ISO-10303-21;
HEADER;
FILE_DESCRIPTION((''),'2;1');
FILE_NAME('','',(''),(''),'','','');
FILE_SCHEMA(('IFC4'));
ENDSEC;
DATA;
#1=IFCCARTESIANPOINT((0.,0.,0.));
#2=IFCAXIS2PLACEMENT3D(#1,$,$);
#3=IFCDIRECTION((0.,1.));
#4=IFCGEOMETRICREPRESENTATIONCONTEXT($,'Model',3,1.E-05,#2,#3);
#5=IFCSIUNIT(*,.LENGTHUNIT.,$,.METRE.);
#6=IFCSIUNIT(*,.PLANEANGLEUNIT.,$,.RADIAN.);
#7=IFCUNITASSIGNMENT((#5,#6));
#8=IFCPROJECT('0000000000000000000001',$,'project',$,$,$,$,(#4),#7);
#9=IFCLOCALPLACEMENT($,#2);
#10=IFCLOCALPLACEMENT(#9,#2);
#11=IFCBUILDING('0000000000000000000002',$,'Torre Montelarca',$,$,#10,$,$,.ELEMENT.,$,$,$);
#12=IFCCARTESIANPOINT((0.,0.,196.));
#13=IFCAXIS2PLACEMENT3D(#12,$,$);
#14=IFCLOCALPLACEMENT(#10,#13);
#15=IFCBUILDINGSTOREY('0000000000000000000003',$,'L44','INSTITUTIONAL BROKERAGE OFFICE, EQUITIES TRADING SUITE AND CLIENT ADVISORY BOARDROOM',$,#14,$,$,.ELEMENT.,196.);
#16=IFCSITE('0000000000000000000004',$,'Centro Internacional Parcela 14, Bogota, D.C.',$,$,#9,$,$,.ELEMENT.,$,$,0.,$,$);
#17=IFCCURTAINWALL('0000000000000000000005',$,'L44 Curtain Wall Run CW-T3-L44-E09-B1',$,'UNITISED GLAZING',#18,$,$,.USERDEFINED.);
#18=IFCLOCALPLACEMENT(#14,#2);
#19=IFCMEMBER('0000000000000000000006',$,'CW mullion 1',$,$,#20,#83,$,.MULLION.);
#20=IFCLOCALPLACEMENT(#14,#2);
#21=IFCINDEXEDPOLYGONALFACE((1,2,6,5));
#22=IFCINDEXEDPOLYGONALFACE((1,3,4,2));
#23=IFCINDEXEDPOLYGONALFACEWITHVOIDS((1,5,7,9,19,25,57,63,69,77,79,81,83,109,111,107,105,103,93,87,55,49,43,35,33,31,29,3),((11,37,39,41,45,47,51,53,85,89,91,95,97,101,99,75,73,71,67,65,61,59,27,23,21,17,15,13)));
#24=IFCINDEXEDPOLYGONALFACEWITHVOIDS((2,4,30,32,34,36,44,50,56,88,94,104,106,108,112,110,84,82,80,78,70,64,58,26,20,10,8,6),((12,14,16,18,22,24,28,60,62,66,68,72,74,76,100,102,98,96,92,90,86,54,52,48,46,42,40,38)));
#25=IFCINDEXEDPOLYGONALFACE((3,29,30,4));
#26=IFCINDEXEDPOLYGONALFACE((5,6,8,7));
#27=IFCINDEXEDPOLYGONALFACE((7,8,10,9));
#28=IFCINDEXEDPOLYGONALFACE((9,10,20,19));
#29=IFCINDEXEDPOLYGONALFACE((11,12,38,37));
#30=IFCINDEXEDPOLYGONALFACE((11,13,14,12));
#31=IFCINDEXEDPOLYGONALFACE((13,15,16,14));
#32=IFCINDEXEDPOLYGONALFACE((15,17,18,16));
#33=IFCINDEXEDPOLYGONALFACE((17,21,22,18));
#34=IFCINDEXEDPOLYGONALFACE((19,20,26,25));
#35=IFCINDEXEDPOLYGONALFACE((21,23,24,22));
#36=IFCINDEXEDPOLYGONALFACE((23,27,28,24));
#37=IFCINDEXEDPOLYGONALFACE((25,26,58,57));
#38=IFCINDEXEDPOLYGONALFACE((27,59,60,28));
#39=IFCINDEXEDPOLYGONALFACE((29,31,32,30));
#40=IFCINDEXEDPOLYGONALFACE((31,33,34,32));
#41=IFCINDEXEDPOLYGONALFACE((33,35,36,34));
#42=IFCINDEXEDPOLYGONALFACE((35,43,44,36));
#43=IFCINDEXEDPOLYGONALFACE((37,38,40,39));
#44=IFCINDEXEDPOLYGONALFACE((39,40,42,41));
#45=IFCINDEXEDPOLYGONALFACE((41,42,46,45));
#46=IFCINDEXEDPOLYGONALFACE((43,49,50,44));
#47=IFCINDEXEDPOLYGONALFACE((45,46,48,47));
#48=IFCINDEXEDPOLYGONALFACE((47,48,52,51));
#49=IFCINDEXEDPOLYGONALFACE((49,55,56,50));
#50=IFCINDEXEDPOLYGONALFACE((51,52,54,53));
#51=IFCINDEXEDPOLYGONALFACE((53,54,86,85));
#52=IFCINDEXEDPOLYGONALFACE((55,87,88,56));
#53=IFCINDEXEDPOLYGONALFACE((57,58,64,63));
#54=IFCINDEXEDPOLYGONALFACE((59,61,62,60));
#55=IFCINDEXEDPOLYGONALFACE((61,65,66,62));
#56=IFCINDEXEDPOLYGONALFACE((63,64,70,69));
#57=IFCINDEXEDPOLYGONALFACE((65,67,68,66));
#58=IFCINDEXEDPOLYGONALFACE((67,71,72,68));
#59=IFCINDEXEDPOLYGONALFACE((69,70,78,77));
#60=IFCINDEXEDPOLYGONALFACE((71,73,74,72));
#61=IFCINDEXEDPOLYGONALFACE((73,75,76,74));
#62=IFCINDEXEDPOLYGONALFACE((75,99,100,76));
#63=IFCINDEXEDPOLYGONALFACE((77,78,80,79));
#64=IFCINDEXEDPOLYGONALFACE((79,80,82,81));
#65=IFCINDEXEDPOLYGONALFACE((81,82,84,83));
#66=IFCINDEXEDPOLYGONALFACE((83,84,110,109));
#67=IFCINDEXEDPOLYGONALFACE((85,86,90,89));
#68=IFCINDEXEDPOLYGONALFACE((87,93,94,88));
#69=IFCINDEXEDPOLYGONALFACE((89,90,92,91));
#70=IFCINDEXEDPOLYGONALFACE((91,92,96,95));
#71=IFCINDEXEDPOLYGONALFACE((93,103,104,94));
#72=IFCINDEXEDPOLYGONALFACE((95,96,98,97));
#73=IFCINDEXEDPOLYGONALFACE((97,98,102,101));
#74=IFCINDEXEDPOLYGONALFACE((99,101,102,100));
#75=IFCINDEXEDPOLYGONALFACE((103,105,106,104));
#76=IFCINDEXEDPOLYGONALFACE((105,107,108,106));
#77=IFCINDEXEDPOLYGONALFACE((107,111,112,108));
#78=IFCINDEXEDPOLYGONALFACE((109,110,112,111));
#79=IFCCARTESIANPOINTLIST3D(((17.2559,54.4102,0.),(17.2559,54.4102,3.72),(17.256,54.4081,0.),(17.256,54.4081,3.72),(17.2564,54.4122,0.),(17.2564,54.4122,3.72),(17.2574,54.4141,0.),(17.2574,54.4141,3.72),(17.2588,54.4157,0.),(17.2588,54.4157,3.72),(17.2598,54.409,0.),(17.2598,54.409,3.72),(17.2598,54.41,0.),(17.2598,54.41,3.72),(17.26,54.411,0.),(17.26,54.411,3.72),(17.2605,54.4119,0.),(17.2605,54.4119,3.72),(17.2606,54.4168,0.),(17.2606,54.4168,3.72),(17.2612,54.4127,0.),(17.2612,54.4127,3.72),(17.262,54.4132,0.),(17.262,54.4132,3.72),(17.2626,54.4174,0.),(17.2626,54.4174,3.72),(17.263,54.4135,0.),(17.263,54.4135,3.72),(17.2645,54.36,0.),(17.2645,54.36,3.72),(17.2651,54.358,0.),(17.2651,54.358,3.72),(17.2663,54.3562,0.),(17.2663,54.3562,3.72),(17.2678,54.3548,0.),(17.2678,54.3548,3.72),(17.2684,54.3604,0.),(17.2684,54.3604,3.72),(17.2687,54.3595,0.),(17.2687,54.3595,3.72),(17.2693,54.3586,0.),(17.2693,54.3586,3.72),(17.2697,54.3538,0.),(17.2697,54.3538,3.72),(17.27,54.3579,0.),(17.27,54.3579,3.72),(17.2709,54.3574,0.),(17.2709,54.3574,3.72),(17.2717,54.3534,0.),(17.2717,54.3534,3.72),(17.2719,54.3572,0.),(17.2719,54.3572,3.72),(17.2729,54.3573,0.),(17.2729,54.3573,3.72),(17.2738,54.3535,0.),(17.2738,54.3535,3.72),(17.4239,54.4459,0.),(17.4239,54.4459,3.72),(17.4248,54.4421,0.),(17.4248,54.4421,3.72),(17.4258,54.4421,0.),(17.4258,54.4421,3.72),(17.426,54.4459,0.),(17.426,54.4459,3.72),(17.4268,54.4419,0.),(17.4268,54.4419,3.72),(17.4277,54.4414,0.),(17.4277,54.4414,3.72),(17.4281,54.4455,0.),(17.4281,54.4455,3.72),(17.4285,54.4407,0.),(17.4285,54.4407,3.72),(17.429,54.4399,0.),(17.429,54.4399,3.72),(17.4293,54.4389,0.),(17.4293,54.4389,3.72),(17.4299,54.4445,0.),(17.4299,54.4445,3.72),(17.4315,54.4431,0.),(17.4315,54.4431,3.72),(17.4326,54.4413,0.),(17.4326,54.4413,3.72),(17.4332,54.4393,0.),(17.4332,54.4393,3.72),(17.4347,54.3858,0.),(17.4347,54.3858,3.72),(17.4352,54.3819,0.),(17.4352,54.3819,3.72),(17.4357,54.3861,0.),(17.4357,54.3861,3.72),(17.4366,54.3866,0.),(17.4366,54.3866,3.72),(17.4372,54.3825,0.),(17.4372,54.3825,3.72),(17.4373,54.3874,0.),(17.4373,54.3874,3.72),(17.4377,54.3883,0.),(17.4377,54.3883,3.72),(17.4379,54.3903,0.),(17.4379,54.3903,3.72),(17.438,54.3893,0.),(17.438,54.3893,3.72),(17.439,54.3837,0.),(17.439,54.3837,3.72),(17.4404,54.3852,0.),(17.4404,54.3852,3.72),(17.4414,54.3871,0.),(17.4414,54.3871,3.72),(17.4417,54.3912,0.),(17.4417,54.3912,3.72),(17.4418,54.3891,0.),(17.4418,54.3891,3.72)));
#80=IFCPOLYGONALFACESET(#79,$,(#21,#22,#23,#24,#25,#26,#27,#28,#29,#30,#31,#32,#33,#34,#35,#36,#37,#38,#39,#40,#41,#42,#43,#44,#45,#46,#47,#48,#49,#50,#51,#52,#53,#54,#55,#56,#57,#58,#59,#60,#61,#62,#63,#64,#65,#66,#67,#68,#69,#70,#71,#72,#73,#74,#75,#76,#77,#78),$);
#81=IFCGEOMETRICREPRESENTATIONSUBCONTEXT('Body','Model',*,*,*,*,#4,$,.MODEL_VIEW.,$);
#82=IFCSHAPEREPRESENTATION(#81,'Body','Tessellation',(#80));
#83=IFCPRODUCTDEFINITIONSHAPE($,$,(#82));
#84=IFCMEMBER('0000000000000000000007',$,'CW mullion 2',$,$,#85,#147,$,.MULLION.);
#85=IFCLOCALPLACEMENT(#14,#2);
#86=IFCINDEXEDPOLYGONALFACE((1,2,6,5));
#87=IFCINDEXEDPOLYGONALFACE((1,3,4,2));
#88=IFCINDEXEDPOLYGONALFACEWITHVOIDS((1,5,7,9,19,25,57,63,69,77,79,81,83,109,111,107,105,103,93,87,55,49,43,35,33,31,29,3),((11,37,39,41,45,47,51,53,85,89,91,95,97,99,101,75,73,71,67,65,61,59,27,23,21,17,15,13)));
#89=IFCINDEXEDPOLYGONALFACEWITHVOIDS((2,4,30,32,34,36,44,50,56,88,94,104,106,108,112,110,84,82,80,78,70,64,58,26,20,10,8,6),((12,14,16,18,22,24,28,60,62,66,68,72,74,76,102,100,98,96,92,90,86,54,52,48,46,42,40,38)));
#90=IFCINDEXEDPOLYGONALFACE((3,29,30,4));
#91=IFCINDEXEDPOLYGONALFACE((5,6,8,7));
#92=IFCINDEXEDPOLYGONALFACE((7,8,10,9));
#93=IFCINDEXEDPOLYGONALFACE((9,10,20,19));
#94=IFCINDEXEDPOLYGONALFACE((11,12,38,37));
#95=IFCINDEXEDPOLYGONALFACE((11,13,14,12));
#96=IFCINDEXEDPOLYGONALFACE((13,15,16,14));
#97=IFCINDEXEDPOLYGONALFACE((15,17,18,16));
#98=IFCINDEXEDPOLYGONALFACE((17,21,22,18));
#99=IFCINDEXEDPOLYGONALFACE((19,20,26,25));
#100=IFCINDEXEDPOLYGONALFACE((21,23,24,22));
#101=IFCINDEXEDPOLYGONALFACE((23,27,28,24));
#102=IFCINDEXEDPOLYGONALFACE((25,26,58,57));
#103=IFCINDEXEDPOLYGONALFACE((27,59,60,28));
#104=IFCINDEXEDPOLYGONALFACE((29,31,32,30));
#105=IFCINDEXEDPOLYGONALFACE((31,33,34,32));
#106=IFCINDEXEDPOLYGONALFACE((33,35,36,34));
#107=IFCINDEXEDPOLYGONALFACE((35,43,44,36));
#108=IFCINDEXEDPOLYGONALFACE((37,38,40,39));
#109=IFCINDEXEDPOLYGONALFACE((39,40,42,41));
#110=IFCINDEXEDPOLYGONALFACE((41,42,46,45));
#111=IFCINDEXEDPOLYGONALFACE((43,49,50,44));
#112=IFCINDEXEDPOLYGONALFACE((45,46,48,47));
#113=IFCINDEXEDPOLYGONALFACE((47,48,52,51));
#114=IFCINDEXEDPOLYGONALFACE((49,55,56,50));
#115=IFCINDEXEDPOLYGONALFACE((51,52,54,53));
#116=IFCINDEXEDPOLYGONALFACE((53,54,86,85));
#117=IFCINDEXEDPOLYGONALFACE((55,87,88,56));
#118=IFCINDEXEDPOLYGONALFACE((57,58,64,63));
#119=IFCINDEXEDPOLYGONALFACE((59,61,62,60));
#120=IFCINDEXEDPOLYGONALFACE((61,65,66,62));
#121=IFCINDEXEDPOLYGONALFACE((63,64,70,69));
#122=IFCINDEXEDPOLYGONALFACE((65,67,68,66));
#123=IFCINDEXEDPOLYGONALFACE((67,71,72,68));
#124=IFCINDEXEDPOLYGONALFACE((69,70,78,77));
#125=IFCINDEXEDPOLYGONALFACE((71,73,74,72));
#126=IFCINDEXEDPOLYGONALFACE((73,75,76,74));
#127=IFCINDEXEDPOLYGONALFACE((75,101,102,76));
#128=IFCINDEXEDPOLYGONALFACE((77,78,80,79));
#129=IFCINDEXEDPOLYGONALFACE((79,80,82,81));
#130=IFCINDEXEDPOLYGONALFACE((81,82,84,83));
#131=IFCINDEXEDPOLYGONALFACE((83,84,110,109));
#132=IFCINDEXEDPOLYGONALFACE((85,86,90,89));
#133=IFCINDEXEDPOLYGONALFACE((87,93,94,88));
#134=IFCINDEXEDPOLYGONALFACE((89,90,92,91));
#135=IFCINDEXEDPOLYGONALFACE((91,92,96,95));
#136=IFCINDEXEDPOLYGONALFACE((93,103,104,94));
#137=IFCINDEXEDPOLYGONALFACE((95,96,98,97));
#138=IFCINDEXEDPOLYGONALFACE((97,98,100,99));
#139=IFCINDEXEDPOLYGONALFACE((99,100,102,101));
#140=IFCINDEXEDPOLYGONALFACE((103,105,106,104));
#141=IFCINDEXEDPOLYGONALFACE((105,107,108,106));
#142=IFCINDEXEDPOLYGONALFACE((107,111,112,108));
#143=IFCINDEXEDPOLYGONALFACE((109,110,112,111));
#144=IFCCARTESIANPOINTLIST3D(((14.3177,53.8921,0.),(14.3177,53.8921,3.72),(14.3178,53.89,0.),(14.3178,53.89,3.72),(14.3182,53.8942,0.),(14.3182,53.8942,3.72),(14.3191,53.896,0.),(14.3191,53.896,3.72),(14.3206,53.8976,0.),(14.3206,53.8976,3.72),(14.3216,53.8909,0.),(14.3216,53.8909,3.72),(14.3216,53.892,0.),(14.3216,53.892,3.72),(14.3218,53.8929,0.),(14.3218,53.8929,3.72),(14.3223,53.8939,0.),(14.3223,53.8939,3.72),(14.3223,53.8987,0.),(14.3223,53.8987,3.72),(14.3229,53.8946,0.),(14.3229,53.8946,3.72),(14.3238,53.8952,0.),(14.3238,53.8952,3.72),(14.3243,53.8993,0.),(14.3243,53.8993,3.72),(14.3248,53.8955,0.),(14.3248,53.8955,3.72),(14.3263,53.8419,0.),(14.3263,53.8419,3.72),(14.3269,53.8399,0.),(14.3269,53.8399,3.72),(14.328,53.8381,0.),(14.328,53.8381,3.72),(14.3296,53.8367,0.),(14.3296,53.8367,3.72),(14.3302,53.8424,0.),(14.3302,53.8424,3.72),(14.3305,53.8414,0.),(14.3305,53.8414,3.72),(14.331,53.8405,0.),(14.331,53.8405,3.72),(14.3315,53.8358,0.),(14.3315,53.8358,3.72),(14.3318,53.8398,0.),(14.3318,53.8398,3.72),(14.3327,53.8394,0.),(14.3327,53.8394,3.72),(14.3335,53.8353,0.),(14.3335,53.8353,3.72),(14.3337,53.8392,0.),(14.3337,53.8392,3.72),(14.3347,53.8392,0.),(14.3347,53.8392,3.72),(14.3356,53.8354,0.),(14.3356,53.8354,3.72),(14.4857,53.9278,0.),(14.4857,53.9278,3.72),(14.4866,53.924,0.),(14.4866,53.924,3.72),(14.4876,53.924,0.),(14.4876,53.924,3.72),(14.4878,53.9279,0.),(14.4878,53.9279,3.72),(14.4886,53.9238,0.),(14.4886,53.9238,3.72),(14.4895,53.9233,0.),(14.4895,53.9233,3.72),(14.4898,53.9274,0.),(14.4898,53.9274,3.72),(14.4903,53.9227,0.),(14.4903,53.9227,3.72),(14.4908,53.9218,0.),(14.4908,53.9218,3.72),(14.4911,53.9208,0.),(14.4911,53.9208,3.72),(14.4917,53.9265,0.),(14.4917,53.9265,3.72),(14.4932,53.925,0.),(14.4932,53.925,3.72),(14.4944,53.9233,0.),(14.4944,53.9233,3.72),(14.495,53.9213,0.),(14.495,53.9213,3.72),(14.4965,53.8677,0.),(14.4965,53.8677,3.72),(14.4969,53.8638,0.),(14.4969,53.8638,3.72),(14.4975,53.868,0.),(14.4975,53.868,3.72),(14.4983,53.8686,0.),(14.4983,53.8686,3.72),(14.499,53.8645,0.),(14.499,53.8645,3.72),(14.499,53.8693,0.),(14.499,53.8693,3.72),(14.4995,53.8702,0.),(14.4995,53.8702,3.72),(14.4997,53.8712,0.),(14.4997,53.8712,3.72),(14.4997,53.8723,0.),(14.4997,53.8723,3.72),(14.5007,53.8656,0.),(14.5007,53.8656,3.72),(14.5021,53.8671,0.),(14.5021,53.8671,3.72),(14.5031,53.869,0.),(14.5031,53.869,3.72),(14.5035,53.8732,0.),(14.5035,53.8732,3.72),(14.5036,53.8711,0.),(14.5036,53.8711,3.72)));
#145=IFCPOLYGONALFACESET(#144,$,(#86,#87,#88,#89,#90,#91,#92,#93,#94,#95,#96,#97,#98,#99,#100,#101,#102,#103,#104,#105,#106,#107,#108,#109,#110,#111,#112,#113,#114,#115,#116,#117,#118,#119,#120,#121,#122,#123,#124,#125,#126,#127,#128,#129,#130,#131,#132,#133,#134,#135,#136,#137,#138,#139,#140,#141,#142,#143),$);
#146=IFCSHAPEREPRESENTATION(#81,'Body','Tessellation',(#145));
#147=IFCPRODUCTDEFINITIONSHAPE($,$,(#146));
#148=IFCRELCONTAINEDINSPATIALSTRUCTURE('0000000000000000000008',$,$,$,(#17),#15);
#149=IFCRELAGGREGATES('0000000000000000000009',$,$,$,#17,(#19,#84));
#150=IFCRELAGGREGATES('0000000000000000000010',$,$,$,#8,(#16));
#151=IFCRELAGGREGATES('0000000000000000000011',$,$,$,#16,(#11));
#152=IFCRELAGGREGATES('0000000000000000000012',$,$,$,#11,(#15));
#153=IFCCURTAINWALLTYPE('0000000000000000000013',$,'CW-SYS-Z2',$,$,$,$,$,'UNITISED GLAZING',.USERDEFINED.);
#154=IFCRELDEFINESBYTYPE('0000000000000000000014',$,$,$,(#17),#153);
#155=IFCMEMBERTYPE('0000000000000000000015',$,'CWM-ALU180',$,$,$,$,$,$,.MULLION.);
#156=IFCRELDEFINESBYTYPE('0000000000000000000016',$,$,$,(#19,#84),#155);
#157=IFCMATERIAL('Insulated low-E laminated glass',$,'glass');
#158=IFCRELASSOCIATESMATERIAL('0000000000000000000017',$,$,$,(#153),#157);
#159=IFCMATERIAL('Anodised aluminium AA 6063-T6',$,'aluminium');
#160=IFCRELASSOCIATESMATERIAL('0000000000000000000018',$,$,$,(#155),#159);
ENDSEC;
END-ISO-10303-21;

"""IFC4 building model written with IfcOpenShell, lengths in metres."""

from ifc_helpers import new_model, si_unit, direction, frame, origin, origin_2d, place, context, subcontext, project, spatial, hollow_rectangle, extrude, source, transform, mapped, material, material_profile, profile_set, type_object, element, aggregate, save


model = new_model("IFC4")

# Units and contexts
model_context = context("Model", 3, precision=1e-05, world=origin(), true_north=direction((0.0, 1.0)))
body_context = subcontext(model_context, "Body", "Model", "MODEL_VIEW")
ifc_project = project(units=[si_unit("LENGTHUNIT", "METRE"), si_unit("PLANEANGLEUNIT", "RADIAN")], contexts=[model_context])

# Site, building, storey
site_placement = place(None, origin())
site = spatial("IfcSite", under=ifc_project, at=site_placement, Name="Centro Internacional Parcela 14, Bogota, D.C.", CompositionType="ELEMENT", RefElevation=0.0)
building_placement = place(site_placement, origin())
building = spatial("IfcBuilding", under=site, at=building_placement, Name="Torre Montelarca", CompositionType="ELEMENT")
storey_placement = place(building_placement, frame((0.0, 0.0, 196.0)))
storey = spatial("IfcBuildingStorey", under=building, at=storey_placement, Name="L44", Description="INSTITUTIONAL BROKERAGE OFFICE, EQUITIES TRADING SUITE AND CLIENT ADVISORY BOARDROOM", CompositionType="ELEMENT", Elevation=196.0)

# Curtain wall
ifc_material_1 = material(Name="Insulated low-E laminated glass", Category="glass")
curtain_wall_type = type_object("IfcCurtainWallType", Name="CW-SYS-Z2", ElementType="UNITISED GLAZING", PredefinedType="USERDEFINED", material=ifc_material_1)
curtain_wall_1_placement = place(storey_placement, origin())
curtain_wall_1 = element("IfcCurtainWall", 1, at=curtain_wall_1_placement, inside=storey, type_object=curtain_wall_type, Name="L44 Curtain Wall Run CW-T3-L44-E09-B1", ObjectType="UNITISED GLAZING", PredefinedType="USERDEFINED")
ifc_material_2 = material(Name="Anodised aluminium AA 6063-T6", Category="aluminium")

# Members
ifc_material_profile_1 = material_profile(ifc_material_2, hollow_rectangle(XDim=0.0649, YDim=0.1799, WallThickness=0.0039, InnerFilletRadius=0.0039, OuterFilletRadius=0.0081, at=origin_2d()), Name="ALU65X180X4", Category="aluminium")
ifc_profile_set_1 = profile_set([ifc_material_profile_1], Name="Anodised aluminium AA 6063-T6")
member_type_1 = type_object("IfcMemberType", Name="CWM-ALU180", PredefinedType="MULLION", material=ifc_profile_set_1)
shared_shape_1 = source(origin(), body_context, "Body", "SweptSolid", [
    extrude(hollow_rectangle(XDim=0.0649, YDim=0.1799, WallThickness=0.0039, InnerFilletRadius=0.0039, OuterFilletRadius=0.0081, at=origin_2d()), origin(), (0.0, 0.0, 1.0), 3.72),
])
member_1_placement = place(storey_placement, frame((17.3489, 54.3997, 0.0), z_axis=(0.0, 0.0, 1.0), x_axis=(0.173634, -0.98481, 0.0)))
member_1 = element("IfcMember", 2, at=member_1_placement, type_object=member_type_1, Name="CW mullion 1", PredefinedType="MULLION", context=body_context, shape_type="MappedRepresentation", body=[
    mapped(shared_shape_1, transform((0.0, 0.0, 0.0), scale=1.0)),
])
member_2_placement = place(storey_placement, frame((14.4106, 53.8816, 0.0), z_axis=(0.0, 0.0, 1.0), x_axis=(0.173634, -0.98481, 0.0)))
member_2 = element("IfcMember", 3, at=member_2_placement, type_object=member_type_1, Name="CW mullion 2", PredefinedType="MULLION", context=body_context, shape_type="MappedRepresentation", body=[
    mapped(shared_shape_1, transform((0.0, 0.0, 0.0), scale=1.0)),
])

aggregate(curtain_wall_1, [member_1, member_2])

save(model, "model.ifc")
